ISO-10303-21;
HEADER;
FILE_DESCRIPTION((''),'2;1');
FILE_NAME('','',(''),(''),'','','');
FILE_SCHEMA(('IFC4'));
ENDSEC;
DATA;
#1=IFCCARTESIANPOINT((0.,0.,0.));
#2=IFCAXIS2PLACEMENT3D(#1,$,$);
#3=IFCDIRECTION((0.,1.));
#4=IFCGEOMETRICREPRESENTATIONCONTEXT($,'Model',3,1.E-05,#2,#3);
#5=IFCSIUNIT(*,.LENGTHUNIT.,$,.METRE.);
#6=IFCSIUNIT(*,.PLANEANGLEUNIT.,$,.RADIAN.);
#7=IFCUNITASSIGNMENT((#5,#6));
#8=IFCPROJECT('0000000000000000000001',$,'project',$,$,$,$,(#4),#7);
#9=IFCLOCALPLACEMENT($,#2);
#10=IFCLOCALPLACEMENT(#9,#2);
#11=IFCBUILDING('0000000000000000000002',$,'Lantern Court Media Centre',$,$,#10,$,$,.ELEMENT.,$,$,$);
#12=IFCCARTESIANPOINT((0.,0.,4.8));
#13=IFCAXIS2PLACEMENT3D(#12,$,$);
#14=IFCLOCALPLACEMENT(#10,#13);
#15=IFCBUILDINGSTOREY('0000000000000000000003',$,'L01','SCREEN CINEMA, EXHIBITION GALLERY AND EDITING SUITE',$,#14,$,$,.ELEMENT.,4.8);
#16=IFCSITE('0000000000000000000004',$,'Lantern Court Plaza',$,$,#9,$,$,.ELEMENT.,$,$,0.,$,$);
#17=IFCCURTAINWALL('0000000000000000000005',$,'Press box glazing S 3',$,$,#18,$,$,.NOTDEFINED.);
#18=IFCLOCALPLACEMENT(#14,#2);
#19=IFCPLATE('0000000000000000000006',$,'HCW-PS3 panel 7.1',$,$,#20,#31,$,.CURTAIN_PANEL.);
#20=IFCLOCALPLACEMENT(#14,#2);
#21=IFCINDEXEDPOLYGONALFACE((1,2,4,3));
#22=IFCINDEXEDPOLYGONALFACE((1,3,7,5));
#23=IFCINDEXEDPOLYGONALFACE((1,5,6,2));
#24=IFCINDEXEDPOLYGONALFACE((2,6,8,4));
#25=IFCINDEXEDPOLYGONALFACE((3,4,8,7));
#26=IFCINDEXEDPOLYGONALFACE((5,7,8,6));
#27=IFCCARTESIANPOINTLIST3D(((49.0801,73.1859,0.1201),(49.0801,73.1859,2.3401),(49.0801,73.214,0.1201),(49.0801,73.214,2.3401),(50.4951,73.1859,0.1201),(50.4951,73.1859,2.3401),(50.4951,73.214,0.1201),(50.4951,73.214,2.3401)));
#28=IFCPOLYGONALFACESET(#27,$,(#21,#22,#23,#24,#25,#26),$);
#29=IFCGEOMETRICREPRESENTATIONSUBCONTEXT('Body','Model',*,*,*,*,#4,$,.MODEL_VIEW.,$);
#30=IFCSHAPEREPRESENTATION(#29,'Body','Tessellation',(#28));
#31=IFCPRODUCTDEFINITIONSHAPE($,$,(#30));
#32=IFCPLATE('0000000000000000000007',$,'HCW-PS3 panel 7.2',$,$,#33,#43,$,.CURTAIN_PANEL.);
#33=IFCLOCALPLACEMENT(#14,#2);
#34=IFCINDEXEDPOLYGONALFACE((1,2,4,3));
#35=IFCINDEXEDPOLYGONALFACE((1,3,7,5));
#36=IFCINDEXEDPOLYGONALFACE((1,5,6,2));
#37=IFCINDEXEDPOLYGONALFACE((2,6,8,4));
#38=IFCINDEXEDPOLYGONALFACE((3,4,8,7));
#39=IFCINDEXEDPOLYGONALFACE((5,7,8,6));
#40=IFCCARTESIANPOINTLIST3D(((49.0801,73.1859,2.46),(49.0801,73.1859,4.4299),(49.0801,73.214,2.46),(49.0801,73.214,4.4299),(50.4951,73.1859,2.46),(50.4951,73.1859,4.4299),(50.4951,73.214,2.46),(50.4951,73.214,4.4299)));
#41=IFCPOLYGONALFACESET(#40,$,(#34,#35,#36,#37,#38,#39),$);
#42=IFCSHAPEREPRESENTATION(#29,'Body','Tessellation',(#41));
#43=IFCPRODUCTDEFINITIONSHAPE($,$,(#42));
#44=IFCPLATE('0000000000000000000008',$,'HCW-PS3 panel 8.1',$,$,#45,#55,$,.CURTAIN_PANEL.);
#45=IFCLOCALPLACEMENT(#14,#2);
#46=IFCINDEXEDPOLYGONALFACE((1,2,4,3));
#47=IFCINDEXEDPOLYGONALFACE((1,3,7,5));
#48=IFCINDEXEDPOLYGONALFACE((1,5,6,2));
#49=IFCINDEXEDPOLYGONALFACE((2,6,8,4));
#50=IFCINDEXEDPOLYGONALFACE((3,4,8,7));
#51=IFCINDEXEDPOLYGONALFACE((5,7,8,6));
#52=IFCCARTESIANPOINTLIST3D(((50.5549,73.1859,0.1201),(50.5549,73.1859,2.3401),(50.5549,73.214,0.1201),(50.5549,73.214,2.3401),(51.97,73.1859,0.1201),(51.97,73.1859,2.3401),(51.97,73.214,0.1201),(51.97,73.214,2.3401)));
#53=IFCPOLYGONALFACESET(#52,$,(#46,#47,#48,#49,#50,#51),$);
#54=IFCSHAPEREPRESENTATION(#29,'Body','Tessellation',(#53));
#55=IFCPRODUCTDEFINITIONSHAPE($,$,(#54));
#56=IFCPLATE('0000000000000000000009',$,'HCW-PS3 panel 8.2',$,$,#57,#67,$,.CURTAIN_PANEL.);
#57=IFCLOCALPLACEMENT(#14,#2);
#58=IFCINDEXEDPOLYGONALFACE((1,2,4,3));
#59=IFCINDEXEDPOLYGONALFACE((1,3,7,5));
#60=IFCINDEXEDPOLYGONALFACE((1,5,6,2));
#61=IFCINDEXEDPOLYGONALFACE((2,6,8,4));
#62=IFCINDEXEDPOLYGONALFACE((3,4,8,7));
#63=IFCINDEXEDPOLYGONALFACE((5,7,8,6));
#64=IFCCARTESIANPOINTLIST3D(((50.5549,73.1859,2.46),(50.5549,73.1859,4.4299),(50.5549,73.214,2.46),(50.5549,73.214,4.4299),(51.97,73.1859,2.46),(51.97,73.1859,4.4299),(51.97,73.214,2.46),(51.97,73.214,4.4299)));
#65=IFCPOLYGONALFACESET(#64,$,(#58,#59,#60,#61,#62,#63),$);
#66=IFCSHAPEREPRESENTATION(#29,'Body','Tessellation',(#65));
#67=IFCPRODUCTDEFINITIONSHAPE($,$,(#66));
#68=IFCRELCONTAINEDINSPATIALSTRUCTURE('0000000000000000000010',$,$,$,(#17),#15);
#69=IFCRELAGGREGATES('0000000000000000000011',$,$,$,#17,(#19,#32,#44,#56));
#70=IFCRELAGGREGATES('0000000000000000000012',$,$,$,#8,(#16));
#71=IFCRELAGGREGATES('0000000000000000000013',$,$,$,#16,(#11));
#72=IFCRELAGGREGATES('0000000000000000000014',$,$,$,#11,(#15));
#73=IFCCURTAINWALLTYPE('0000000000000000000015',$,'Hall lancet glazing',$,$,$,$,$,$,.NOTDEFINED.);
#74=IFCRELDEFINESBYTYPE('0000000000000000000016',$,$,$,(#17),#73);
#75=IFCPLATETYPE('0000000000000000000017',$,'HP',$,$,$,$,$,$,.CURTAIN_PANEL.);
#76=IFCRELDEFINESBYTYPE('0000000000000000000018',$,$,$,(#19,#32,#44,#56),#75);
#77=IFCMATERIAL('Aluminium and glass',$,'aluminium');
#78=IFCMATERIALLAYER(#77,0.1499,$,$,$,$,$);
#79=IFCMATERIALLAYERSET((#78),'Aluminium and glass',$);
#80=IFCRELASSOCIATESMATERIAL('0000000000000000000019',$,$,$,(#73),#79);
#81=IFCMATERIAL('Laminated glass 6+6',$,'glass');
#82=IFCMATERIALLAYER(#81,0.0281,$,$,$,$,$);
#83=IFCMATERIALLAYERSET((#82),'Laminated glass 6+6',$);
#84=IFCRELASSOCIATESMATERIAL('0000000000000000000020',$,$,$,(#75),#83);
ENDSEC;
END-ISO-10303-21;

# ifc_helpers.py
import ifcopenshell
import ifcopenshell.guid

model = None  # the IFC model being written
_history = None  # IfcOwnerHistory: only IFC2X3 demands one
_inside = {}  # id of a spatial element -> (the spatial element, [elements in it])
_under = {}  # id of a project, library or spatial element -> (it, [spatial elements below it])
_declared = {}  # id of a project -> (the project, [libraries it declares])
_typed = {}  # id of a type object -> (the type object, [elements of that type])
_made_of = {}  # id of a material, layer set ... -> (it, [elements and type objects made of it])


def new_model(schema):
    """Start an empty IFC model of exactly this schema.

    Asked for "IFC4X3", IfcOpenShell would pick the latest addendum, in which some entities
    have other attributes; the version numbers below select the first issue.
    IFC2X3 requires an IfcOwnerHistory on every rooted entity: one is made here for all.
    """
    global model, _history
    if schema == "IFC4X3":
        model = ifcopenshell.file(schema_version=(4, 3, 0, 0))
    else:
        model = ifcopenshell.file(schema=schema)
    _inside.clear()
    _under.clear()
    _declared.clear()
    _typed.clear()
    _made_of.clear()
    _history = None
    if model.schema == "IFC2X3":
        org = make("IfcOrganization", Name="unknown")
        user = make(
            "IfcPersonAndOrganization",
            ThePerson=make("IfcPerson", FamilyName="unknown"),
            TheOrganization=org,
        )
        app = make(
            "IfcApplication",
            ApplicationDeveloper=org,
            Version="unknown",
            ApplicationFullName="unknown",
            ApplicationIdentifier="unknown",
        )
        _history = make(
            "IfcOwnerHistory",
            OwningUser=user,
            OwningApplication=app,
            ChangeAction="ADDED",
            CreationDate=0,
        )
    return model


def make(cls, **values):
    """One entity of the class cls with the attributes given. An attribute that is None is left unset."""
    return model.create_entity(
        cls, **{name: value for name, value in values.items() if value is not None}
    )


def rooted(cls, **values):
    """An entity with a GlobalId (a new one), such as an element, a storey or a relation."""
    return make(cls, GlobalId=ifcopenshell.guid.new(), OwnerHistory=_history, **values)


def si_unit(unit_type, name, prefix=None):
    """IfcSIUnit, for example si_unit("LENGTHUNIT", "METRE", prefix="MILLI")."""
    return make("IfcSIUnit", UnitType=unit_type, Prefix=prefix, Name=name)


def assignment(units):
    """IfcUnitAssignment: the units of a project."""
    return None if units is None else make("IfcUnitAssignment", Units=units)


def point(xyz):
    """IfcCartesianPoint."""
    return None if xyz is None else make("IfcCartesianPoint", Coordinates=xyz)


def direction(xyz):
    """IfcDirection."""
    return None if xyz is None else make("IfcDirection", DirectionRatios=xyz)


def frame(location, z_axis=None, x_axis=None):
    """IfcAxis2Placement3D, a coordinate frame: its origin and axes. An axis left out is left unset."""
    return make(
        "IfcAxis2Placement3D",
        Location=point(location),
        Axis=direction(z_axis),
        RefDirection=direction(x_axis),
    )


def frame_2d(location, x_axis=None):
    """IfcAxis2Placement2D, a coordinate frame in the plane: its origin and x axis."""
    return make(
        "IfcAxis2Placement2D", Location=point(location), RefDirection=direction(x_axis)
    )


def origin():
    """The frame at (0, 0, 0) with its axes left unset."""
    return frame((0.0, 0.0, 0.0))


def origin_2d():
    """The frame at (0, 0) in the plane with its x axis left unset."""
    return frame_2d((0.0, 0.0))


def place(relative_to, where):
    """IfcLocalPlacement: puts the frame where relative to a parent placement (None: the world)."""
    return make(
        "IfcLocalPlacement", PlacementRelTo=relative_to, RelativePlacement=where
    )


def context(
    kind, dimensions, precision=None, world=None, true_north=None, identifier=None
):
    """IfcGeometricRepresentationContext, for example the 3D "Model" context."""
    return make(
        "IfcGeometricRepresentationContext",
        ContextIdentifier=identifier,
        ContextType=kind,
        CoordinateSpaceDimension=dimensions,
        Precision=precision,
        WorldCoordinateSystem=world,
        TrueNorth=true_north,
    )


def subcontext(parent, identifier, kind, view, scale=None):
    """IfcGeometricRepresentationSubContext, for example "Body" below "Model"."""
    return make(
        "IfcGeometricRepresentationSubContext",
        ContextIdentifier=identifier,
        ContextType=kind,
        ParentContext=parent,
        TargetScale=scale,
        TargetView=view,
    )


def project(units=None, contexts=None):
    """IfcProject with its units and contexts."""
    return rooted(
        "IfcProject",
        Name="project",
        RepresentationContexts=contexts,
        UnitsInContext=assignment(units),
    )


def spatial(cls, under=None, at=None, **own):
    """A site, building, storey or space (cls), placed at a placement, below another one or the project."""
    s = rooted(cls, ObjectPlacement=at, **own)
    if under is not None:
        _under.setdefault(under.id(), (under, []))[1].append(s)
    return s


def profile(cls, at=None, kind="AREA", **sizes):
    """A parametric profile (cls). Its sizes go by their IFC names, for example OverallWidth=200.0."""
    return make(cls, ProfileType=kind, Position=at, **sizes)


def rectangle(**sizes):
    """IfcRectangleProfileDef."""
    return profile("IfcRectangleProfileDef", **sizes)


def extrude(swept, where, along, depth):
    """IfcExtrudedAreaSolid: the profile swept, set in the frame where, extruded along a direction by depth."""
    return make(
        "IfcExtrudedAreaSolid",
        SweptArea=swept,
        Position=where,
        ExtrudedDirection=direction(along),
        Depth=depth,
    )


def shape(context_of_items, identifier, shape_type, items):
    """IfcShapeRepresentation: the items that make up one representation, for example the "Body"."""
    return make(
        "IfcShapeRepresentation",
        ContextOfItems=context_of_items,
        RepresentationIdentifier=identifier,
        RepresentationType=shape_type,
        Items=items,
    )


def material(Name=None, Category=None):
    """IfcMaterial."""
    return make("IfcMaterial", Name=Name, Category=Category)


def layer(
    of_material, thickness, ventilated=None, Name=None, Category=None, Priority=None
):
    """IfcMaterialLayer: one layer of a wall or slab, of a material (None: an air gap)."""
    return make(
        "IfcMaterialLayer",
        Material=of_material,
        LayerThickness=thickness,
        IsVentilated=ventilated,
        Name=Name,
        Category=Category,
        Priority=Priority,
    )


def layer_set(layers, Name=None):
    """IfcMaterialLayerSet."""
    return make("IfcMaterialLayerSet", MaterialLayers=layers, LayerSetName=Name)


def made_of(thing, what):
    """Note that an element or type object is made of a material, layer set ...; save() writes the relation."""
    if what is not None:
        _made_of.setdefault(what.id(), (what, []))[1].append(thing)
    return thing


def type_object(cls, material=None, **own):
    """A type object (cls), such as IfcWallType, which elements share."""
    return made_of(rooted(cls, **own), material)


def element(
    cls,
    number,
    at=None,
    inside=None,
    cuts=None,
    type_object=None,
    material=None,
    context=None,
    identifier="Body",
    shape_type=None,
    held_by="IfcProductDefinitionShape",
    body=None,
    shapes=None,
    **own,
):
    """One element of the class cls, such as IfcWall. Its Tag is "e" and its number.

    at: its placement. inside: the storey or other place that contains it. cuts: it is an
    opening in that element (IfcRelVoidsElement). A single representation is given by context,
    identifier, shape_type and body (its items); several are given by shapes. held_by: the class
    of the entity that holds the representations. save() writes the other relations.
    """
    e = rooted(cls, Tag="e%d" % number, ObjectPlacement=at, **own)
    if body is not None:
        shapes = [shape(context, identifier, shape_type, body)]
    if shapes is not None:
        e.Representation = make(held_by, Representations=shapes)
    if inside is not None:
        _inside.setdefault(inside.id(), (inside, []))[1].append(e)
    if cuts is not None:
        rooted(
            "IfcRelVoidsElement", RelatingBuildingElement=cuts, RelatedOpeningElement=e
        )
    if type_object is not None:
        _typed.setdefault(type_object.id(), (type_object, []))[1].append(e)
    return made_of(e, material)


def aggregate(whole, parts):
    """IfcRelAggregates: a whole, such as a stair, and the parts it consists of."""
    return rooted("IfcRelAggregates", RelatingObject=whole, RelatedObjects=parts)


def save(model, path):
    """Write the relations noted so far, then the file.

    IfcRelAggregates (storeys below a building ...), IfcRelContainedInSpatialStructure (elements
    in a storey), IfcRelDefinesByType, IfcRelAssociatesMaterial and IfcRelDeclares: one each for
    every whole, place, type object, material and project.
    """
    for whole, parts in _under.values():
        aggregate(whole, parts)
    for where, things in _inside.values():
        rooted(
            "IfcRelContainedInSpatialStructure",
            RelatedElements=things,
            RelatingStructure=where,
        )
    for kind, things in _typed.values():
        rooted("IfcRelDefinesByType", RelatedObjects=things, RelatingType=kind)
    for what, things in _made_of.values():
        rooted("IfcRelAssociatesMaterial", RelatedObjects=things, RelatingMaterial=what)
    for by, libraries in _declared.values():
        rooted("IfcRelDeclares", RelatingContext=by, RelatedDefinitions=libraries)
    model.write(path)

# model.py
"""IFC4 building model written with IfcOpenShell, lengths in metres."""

from ifc_helpers import new_model, si_unit, direction, frame, origin, origin_2d, place, context, subcontext, project, spatial, rectangle, extrude, material, layer, layer_set, type_object, element, aggregate, save


model = new_model("IFC4")

# Units and contexts
model_context = context("Model", 3, precision=1e-05, world=origin(), true_north=direction((0.0, 1.0)))
body_context = subcontext(model_context, "Body", "Model", "MODEL_VIEW")
ifc_project = project(units=[si_unit("LENGTHUNIT", "METRE"), si_unit("PLANEANGLEUNIT", "RADIAN")], contexts=[model_context])

# Site, building, storey
site_placement = place(None, origin())
site = spatial("IfcSite", under=ifc_project, at=site_placement, Name="Lantern Court Plaza", CompositionType="ELEMENT", RefElevation=0.0)
building_placement = place(site_placement, origin())
building = spatial("IfcBuilding", under=site, at=building_placement, Name="Lantern Court Media Centre", CompositionType="ELEMENT")
storey_placement = place(building_placement, frame((0.0, 0.0, 4.8)))
storey = spatial("IfcBuildingStorey", under=building, at=storey_placement, Name="L01", Description="SCREEN CINEMA, EXHIBITION GALLERY AND EDITING SUITE", CompositionType="ELEMENT", Elevation=4.8)

# Curtain wall, plates
ifc_material_1 = material(Name="Aluminium and glass", Category="aluminium")
ifc_layer_1 = layer(ifc_material_1, 0.1499)
ifc_layer_set_1 = layer_set([ifc_layer_1], Name="Aluminium and glass")
curtain_wall_type = type_object("IfcCurtainWallType", Name="Hall lancet glazing", PredefinedType="NOTDEFINED", material=ifc_layer_set_1)
curtain_wall_placement = place(storey_placement, origin())
curtain_wall = element("IfcCurtainWall", 1, at=curtain_wall_placement, inside=storey, type_object=curtain_wall_type, Name="Press box glazing S 3", PredefinedType="NOTDEFINED")
ifc_material_2 = material(Name="Laminated glass 6+6", Category="glass")
ifc_layer_2 = layer(ifc_material_2, 0.0281)
ifc_layer_set_2 = layer_set([ifc_layer_2], Name="Laminated glass 6+6")
plate_type = type_object("IfcPlateType", Name="HP", PredefinedType="CURTAIN_PANEL", material=ifc_layer_set_2)
plate_1_placement = place(storey_placement, frame((49.7876, 73.2, 0.1201), z_axis=(0.0, 0.0, 1.0), x_axis=(1.0, 0.0, 0.0)))
plate_1 = element("IfcPlate", 2, at=plate_1_placement, type_object=plate_type, Name="HCW-PS3 panel 7.1", PredefinedType="CURTAIN_PANEL", context=body_context, shape_type="SweptSolid", body=[
    extrude(rectangle(XDim=1.415, YDim=0.0281, at=origin_2d()), origin(), (0.0, 0.0, 1.0), 2.22),
])
plate_2_placement = place(storey_placement, frame((49.7876, 73.2, 2.46), z_axis=(0.0, 0.0, 1.0), x_axis=(1.0, 0.0, 0.0)))
plate_2 = element("IfcPlate", 3, at=plate_2_placement, type_object=plate_type, Name="HCW-PS3 panel 7.2", PredefinedType="CURTAIN_PANEL", context=body_context, shape_type="SweptSolid", body=[
    extrude(rectangle(XDim=1.415, YDim=0.0281, at=origin_2d()), origin(), (0.0, 0.0, 1.0), 1.97),
])
plate_3_placement = place(storey_placement, frame((51.2625, 73.2, 0.1201), z_axis=(0.0, 0.0, 1.0), x_axis=(1.0, 0.0, 0.0)))
plate_3 = element("IfcPlate", 4, at=plate_3_placement, type_object=plate_type, Name="HCW-PS3 panel 8.1", PredefinedType="CURTAIN_PANEL", context=body_context, shape_type="SweptSolid", body=[
    extrude(rectangle(XDim=1.415, YDim=0.0281, at=origin_2d()), origin(), (0.0, 0.0, 1.0), 2.22),
])
plate_4_placement = place(storey_placement, frame((51.2625, 73.2, 2.46), z_axis=(0.0, 0.0, 1.0), x_axis=(1.0, 0.0, 0.0)))
plate_4 = element("IfcPlate", 5, at=plate_4_placement, type_object=plate_type, Name="HCW-PS3 panel 8.2", PredefinedType="CURTAIN_PANEL", context=body_context, shape_type="SweptSolid", body=[
    extrude(rectangle(XDim=1.415, YDim=0.0281, at=origin_2d()), origin(), (0.0, 0.0, 1.0), 1.97),
])
aggregate(curtain_wall, [plate_1, plate_2, plate_3, plate_4])

save(model, "model.ifc")
